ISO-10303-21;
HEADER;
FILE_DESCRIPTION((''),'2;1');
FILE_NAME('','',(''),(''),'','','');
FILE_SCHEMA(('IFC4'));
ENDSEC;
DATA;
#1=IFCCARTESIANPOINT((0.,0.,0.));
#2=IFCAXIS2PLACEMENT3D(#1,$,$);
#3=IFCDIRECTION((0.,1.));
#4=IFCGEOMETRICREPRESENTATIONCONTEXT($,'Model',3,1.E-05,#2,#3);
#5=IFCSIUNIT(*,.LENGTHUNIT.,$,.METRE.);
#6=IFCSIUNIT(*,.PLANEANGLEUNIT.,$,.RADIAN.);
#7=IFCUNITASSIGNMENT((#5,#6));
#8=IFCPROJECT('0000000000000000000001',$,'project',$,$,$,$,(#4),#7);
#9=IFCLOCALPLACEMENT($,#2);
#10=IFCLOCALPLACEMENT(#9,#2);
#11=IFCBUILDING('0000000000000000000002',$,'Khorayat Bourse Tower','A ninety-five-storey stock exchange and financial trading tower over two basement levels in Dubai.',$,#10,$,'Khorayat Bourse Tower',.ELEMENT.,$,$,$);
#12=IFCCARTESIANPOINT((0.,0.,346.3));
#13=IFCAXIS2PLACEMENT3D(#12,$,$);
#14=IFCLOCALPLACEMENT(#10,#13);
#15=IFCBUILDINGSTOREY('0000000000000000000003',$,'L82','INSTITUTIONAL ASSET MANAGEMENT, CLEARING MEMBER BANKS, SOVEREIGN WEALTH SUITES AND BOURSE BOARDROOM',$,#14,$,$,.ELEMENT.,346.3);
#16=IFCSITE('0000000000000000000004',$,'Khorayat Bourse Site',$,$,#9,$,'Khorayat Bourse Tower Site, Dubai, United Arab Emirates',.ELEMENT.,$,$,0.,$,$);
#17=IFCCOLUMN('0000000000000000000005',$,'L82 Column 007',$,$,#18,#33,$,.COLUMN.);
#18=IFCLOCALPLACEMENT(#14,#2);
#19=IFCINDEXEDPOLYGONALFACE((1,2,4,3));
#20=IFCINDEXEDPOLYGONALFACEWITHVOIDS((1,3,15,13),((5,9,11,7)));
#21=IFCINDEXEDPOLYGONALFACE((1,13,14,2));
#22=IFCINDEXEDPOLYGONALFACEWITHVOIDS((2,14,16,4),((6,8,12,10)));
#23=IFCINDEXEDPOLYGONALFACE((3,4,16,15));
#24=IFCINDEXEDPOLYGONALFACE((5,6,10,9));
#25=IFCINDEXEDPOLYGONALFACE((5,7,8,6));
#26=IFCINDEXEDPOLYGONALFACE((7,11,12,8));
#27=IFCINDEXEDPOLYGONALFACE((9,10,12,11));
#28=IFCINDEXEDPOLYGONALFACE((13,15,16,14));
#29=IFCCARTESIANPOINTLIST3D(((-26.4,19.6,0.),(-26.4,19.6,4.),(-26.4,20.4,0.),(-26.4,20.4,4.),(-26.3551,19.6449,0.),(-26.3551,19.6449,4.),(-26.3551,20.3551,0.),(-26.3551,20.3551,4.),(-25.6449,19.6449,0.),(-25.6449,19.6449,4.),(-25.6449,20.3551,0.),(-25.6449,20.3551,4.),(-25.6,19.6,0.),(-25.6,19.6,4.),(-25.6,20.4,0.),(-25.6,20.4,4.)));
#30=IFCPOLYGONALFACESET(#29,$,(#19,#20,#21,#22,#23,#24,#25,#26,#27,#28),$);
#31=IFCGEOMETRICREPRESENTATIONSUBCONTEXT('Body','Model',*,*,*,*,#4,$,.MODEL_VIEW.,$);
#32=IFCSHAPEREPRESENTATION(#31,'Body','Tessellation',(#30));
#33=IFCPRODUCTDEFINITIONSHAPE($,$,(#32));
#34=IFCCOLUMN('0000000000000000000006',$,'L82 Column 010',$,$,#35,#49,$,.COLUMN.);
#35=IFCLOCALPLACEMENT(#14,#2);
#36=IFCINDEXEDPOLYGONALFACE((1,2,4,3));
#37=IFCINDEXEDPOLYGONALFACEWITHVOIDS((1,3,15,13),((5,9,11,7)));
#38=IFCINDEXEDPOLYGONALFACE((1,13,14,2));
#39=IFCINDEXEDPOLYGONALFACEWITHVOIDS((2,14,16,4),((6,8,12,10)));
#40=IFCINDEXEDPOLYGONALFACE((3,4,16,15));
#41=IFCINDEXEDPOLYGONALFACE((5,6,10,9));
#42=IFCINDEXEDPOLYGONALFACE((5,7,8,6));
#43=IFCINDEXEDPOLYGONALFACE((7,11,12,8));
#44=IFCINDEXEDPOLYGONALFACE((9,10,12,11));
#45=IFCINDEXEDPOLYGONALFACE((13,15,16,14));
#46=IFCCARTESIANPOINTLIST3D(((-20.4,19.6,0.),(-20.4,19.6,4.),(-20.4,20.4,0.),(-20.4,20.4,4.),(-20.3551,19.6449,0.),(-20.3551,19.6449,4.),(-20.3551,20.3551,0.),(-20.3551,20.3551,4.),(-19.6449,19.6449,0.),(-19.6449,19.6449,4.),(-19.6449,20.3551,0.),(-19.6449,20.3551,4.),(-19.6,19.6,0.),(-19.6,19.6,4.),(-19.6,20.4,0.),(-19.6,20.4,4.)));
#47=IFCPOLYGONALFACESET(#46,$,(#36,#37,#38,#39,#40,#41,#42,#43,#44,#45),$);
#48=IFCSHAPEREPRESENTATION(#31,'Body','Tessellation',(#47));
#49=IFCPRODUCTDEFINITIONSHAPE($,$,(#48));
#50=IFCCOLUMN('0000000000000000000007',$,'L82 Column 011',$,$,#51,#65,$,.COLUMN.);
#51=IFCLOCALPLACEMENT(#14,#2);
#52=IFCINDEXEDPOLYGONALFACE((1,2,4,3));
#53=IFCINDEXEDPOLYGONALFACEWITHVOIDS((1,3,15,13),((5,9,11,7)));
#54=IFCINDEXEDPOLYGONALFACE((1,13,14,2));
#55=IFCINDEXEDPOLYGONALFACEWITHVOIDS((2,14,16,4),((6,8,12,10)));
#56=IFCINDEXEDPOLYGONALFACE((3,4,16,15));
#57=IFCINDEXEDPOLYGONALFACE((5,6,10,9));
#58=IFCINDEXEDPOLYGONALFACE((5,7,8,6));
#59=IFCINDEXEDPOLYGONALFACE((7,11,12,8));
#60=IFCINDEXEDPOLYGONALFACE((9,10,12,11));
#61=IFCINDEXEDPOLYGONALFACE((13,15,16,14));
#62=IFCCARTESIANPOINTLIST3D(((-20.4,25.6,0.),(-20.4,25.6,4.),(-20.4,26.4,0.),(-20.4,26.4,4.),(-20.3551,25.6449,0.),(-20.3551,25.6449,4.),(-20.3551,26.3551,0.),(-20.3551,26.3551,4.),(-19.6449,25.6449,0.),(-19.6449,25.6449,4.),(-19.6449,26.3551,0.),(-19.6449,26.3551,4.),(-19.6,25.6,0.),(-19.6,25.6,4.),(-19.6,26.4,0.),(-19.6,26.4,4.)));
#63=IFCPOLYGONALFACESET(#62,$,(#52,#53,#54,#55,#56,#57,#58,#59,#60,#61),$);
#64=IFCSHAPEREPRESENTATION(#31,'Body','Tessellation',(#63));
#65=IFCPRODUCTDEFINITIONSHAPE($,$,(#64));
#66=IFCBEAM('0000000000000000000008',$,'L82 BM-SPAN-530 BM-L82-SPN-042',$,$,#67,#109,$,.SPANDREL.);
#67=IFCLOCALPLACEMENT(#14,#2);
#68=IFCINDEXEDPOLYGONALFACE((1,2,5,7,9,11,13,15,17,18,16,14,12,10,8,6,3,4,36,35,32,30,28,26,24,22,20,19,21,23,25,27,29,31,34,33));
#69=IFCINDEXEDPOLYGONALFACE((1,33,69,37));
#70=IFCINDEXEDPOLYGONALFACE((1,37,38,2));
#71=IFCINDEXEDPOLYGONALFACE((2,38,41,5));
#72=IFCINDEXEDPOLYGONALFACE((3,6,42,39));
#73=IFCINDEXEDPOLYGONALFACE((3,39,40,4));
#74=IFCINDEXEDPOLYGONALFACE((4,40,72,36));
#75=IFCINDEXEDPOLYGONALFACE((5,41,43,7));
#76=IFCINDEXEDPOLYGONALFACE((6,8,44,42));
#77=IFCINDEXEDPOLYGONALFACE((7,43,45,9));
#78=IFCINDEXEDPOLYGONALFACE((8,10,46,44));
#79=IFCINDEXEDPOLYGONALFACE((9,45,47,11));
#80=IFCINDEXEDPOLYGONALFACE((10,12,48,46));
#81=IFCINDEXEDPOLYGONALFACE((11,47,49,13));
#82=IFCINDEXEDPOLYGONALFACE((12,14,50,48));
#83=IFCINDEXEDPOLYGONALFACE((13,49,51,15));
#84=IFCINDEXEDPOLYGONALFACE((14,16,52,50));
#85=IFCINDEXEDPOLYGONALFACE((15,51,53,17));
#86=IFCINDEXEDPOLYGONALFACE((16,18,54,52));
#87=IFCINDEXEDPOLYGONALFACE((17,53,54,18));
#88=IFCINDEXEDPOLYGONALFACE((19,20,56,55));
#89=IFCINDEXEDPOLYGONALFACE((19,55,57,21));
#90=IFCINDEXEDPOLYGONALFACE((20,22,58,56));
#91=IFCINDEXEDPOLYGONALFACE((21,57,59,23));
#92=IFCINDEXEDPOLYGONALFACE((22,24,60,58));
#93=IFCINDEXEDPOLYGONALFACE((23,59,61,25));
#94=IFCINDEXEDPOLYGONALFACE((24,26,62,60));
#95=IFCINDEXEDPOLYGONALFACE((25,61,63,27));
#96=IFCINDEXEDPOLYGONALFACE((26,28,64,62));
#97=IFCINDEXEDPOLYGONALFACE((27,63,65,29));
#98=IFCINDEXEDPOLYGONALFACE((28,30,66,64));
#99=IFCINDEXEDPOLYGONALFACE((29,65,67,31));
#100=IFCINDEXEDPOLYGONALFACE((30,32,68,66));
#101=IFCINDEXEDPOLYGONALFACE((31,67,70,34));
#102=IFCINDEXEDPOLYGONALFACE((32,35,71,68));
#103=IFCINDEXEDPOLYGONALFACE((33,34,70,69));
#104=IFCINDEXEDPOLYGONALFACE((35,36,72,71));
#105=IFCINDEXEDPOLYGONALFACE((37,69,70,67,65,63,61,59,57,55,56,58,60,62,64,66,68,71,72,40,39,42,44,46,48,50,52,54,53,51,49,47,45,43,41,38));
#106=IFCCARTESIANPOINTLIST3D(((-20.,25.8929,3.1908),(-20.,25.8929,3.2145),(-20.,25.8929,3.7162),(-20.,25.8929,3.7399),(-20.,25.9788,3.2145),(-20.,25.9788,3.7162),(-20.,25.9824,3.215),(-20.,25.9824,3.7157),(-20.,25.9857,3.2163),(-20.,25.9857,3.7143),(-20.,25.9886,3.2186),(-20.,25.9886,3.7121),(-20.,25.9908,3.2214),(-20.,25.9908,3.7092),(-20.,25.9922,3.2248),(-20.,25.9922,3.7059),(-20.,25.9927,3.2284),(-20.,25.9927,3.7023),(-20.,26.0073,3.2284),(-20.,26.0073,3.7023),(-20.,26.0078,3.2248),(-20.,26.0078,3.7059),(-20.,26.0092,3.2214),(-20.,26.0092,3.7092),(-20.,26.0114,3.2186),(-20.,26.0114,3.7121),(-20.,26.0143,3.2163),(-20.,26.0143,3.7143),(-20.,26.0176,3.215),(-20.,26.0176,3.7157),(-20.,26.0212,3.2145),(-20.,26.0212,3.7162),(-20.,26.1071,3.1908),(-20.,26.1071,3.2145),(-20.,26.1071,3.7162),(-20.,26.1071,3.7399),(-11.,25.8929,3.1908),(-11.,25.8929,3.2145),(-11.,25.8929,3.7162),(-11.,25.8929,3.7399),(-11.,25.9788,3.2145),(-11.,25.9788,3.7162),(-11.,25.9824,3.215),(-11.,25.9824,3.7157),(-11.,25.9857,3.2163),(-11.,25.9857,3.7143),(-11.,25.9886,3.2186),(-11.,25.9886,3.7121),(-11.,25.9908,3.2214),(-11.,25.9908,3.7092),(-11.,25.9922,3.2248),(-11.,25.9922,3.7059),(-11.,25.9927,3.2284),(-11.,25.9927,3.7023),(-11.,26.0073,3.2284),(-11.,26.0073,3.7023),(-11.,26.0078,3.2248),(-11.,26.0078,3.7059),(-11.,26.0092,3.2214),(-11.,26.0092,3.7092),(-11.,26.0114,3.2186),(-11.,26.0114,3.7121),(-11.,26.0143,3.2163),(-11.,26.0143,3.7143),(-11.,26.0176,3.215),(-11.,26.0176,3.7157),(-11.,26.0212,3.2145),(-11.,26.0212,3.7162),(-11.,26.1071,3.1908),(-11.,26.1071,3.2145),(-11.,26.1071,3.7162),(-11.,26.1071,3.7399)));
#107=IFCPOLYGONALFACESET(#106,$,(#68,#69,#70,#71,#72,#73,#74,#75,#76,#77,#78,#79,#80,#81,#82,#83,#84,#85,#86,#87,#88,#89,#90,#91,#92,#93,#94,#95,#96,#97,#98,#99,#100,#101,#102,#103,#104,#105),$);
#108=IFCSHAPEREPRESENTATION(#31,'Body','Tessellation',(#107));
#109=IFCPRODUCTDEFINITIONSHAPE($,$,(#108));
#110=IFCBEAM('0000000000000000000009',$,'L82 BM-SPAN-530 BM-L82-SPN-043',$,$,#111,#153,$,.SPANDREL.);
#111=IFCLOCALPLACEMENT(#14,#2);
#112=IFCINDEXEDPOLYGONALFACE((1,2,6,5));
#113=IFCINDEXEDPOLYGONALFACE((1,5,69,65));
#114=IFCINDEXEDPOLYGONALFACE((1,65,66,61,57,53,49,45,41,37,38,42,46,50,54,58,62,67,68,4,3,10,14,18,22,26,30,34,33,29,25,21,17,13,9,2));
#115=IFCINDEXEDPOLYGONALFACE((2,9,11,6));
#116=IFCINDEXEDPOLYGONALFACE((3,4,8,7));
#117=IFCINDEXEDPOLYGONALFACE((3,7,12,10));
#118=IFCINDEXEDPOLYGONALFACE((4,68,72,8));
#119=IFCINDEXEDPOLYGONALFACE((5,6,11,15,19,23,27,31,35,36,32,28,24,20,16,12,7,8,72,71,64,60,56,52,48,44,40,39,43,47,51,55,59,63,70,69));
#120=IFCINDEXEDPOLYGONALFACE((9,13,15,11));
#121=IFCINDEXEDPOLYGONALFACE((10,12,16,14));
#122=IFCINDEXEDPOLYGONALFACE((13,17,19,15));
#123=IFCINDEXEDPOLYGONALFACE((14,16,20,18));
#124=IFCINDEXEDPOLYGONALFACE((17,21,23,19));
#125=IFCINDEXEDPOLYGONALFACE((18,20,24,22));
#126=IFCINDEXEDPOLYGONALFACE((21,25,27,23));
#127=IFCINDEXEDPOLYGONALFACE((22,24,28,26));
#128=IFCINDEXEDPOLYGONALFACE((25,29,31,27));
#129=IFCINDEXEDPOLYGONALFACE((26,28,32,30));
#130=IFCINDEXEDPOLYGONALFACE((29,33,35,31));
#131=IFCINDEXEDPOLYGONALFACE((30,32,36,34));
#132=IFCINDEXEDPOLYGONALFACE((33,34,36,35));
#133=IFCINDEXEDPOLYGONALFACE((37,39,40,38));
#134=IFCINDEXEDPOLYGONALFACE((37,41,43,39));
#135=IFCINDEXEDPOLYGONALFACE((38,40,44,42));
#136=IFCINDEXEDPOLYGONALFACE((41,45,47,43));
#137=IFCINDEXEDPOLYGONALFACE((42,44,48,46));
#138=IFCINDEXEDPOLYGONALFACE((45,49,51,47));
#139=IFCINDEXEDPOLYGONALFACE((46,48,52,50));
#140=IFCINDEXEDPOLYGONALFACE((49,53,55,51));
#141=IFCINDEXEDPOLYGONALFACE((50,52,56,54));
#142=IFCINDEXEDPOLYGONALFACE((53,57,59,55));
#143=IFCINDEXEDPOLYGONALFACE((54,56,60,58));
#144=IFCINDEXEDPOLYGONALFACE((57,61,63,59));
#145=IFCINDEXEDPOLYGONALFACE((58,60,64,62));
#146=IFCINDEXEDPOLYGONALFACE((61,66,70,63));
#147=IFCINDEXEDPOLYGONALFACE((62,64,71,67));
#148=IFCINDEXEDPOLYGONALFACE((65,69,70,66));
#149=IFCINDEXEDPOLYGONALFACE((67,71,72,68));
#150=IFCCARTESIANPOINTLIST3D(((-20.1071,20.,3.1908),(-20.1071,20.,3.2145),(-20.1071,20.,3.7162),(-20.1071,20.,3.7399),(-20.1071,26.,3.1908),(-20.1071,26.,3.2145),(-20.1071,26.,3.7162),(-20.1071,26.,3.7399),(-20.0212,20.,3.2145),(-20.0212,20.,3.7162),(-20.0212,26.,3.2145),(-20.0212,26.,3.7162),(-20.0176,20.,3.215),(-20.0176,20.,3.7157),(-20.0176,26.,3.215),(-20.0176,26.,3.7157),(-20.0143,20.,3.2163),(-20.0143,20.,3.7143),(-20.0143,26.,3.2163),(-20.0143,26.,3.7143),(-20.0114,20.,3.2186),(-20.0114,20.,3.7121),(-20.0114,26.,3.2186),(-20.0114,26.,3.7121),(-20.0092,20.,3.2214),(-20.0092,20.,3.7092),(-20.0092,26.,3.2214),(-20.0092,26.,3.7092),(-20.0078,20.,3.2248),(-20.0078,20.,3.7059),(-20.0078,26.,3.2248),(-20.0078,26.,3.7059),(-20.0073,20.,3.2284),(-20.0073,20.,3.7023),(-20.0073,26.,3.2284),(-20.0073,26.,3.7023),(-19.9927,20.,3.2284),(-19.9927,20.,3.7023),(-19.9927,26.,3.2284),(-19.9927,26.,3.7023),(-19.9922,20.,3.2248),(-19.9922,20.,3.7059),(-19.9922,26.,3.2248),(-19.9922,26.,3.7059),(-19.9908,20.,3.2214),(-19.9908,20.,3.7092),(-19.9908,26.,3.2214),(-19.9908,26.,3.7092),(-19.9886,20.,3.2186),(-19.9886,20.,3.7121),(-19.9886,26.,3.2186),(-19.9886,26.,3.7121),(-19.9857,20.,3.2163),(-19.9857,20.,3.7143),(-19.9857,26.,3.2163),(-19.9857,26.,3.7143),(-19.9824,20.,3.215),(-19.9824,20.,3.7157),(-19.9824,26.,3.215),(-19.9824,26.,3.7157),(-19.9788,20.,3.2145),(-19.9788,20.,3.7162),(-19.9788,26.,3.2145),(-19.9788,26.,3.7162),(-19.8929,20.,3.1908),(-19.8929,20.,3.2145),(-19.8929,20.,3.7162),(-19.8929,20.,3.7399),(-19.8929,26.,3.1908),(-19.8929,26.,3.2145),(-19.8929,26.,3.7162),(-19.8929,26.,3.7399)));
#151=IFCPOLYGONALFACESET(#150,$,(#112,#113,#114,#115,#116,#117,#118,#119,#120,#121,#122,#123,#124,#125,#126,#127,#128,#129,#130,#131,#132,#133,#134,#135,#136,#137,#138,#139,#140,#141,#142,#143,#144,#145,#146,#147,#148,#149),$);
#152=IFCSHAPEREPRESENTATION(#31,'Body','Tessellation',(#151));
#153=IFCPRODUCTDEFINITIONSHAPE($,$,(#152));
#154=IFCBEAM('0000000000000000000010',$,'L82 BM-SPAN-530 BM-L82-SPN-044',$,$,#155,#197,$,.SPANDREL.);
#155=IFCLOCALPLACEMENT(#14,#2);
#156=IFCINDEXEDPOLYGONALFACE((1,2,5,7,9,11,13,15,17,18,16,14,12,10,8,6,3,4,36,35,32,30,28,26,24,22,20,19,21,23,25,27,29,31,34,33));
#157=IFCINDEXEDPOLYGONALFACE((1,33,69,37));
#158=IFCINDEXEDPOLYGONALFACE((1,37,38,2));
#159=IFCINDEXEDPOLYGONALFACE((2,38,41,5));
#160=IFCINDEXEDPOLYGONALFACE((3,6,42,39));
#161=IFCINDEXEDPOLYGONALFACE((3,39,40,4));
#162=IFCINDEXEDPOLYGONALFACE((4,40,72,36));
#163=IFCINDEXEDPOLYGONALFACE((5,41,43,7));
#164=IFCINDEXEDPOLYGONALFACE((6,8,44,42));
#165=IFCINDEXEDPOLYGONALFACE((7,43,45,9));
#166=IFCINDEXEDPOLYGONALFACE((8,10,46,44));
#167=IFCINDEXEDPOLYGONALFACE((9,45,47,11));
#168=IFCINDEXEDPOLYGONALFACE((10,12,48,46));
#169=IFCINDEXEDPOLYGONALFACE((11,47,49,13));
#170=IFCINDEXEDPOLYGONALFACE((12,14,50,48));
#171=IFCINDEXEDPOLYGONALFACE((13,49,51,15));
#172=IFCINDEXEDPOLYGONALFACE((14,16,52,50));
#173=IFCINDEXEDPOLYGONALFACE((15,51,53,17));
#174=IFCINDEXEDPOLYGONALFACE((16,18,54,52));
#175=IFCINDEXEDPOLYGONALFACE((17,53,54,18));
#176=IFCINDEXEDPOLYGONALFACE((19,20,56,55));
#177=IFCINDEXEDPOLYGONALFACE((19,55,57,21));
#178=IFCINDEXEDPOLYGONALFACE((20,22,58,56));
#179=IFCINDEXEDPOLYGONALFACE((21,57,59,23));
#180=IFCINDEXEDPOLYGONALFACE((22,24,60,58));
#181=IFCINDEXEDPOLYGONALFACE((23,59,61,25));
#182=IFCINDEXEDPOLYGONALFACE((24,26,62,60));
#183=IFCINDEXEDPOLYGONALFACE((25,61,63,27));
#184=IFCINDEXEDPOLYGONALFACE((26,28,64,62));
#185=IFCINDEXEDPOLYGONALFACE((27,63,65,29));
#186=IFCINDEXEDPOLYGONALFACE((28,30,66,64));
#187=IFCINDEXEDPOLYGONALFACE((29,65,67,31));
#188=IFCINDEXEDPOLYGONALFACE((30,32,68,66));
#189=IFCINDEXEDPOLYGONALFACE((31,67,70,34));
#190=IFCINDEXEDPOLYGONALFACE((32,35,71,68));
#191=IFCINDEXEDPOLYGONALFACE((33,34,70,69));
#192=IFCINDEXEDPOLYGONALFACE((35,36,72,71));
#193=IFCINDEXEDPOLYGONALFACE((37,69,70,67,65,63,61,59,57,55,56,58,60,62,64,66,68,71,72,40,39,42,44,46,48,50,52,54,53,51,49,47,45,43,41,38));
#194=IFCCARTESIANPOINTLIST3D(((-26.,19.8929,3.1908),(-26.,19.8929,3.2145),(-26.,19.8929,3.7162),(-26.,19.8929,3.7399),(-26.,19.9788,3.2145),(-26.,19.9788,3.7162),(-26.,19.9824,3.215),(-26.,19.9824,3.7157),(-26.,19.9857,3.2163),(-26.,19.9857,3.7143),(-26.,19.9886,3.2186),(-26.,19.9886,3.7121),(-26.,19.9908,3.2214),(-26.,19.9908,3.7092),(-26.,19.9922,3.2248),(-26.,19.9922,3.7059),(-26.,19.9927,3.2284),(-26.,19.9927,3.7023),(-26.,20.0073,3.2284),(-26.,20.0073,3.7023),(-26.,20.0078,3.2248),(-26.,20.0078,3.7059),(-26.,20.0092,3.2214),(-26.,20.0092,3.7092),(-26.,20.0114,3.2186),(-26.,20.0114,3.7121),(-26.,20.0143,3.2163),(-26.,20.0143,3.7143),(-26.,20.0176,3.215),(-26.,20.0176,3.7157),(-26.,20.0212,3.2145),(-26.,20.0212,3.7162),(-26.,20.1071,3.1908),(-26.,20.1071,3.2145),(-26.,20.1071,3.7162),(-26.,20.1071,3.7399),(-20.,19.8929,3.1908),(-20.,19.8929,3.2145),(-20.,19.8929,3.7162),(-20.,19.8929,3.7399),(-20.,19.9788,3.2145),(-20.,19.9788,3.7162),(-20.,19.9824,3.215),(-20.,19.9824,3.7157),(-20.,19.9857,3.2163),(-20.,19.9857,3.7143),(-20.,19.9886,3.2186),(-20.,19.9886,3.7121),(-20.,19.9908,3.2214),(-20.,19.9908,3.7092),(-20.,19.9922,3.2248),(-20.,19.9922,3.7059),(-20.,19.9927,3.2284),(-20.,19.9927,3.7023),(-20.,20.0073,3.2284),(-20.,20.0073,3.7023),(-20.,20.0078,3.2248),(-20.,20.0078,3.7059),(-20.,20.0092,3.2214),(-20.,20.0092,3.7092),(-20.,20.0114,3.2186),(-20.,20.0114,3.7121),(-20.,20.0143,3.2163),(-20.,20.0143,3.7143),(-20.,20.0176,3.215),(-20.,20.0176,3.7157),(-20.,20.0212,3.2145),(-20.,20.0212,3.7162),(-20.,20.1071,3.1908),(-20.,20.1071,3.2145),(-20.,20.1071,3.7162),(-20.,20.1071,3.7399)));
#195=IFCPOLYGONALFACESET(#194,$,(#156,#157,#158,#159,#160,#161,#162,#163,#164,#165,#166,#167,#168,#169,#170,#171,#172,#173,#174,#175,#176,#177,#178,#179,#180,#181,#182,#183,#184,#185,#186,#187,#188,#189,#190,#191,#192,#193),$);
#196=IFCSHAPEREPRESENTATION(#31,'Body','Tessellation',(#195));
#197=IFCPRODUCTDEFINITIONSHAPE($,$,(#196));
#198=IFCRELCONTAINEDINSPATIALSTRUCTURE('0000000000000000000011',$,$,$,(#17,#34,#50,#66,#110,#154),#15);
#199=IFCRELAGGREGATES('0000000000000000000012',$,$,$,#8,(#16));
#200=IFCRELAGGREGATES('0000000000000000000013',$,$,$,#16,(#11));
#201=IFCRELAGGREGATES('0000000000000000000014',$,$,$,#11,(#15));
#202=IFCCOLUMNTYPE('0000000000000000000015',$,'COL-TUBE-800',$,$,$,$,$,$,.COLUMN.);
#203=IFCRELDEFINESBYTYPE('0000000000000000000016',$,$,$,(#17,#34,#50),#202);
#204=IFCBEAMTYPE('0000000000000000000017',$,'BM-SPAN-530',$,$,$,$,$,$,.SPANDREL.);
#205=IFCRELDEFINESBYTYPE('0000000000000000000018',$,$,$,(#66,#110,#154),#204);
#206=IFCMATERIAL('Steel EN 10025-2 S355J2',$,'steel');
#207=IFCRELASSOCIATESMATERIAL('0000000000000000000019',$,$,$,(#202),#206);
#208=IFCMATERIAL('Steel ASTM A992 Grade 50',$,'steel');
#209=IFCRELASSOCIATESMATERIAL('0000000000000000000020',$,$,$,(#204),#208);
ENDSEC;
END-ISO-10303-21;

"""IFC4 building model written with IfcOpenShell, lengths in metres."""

from ifc_helpers import new_model, si_unit, direction, frame, origin, origin_2d, place, context, subcontext, project, spatial, hollow_rectangle, i_section, extrude, source, transform, mapped, material, material_profile, profile_set, type_object, element, save


model = new_model("IFC4")

# Units and contexts
model_context = context("Model", 3, precision=1e-05, world=origin(), true_north=direction((0.0, 1.0)))
body_context = subcontext(model_context, "Body", "Model", "MODEL_VIEW")
ifc_project = project(units=[si_unit("LENGTHUNIT", "METRE"), si_unit("PLANEANGLEUNIT", "RADIAN")], contexts=[model_context])

# Site, building, storey
site_placement = place(None, origin())
site = spatial("IfcSite", under=ifc_project, at=site_placement, Name="Khorayat Bourse Site", LongName="Khorayat Bourse Tower Site, Dubai, United Arab Emirates", CompositionType="ELEMENT", RefElevation=0.0)
building_placement = place(site_placement, origin())
building = spatial("IfcBuilding", under=site, at=building_placement, Name="Khorayat Bourse Tower", Description="A ninety-five-storey stock exchange and financial trading tower over two basement levels in Dubai.", LongName="Khorayat Bourse Tower", CompositionType="ELEMENT")
storey_placement = place(building_placement, frame((0.0, 0.0, 346.3)))
storey = spatial("IfcBuildingStorey", under=building, at=storey_placement, Name="L82", Description="INSTITUTIONAL ASSET MANAGEMENT, CLEARING MEMBER BANKS, SOVEREIGN WEALTH SUITES AND BOURSE BOARDROOM", CompositionType="ELEMENT", Elevation=346.3)

# Columns
ifc_material_1 = material(Name="Steel EN 10025-2 S355J2", Category="steel")
ifc_material_profile_1 = material_profile(ifc_material_1, hollow_rectangle(XDim=0.8, YDim=0.8, WallThickness=0.0449, at=origin_2d()), Name="BOX 800x800x45")
ifc_profile_set_1 = profile_set([ifc_material_profile_1], Name="Steel EN 10025-2 S355J2")
column_type = type_object("IfcColumnType", Name="COL-TUBE-800", PredefinedType="COLUMN", material=ifc_profile_set_1)
shared_shape_1 = source(origin(), body_context, "Body", "SweptSolid", [
    extrude(hollow_rectangle(XDim=0.8, YDim=0.8, WallThickness=0.0449, at=origin_2d()), origin(), (0.0, 0.0, 1.0), 4.0),
])
for number, where, z_axis, x_axis, name in (
    (1, (-26.0, 20.0, 0.0), (0.0, 0.0, 1.0), (1.0, 0.0, 0.0), "L82 Column 007"),
    (2, (-20.0, 20.0, 0.0), (0.0, 0.0, 1.0), (1.0, 0.0, 0.0), "L82 Column 010"),
    (3, (-20.0, 26.0, 0.0), (0.0, 0.0, 1.0), (1.0, 0.0, 0.0), "L82 Column 011"),
):
    element("IfcColumn", number, at=place(storey_placement, frame(where, z_axis=z_axis, x_axis=x_axis)), inside=storey, type_object=column_type, Name=name, PredefinedType="COLUMN", context=body_context, shape_type="MappedRepresentation", body=[
        mapped(shared_shape_1, transform((0.0, 0.0, 0.0), scale=1.0)),
    ])

# Beams
ifc_material_2 = material(Name="Steel ASTM A992 Grade 50", Category="steel")
ifc_material_profile_2 = material_profile(ifc_material_2, i_section(OverallWidth=0.2141, OverallDepth=0.5491, WebThickness=0.0146, FlangeThickness=0.0237, FilletRadius=0.0139, at=origin_2d()), Name="W530X138")
ifc_profile_set_2 = profile_set([ifc_material_profile_2], Name="Steel ASTM A992 Grade 50")
beam_type_1 = type_object("IfcBeamType", Name="BM-SPAN-530", PredefinedType="SPANDREL", material=ifc_profile_set_2)
shared_shape_2 = source(origin(), body_context, "Body", "SweptSolid", [
    extrude(i_section(OverallWidth=0.2141, OverallDepth=0.5491, WebThickness=0.0146, FlangeThickness=0.0237, FilletRadius=0.0139, at=origin_2d()), origin(), (0.0, 0.0, 1.0), 9.0),
])
beam_1_placement = place(storey_placement, frame((-20.0, 26.0, 3.4653), z_axis=(1.0, 0.0, 0.0), x_axis=(0.0, 1.0, 0.0)))
element("IfcBeam", 4, at=beam_1_placement, inside=storey, type_object=beam_type_1, Name="L82 BM-SPAN-530 BM-L82-SPN-042", PredefinedType="SPANDREL", context=body_context, shape_type="MappedRepresentation", body=[
    mapped(shared_shape_2, transform((0.0, 0.0, 0.0), scale=1.0)),
])
shared_shape_3 = source(origin(), body_context, "Body", "SweptSolid", [
    extrude(i_section(OverallWidth=0.2141, OverallDepth=0.5491, WebThickness=0.0146, FlangeThickness=0.0237, FilletRadius=0.0139, at=origin_2d()), origin(), (0.0, 0.0, 1.0), 6.0),
])
for number, where, z_axis, x_axis, name in (
    (5, (-20.0, 20.0, 3.4653), (0.0, 1.0, 0.0), (-1.0, 0.0, 0.0), "L82 BM-SPAN-530 BM-L82-SPN-043"),
    (6, (-26.0, 20.0, 3.4653), (1.0, 0.0, 0.0), (0.0, 1.0, 0.0), "L82 BM-SPAN-530 BM-L82-SPN-044"),
):
    element("IfcBeam", number, at=place(storey_placement, frame(where, z_axis=z_axis, x_axis=x_axis)), inside=storey, type_object=beam_type_1, Name=name, PredefinedType="SPANDREL", context=body_context, shape_type="MappedRepresentation", body=[
        mapped(shared_shape_3, transform((0.0, 0.0, 0.0), scale=1.0)),
    ])

save(model, "model.ifc")
